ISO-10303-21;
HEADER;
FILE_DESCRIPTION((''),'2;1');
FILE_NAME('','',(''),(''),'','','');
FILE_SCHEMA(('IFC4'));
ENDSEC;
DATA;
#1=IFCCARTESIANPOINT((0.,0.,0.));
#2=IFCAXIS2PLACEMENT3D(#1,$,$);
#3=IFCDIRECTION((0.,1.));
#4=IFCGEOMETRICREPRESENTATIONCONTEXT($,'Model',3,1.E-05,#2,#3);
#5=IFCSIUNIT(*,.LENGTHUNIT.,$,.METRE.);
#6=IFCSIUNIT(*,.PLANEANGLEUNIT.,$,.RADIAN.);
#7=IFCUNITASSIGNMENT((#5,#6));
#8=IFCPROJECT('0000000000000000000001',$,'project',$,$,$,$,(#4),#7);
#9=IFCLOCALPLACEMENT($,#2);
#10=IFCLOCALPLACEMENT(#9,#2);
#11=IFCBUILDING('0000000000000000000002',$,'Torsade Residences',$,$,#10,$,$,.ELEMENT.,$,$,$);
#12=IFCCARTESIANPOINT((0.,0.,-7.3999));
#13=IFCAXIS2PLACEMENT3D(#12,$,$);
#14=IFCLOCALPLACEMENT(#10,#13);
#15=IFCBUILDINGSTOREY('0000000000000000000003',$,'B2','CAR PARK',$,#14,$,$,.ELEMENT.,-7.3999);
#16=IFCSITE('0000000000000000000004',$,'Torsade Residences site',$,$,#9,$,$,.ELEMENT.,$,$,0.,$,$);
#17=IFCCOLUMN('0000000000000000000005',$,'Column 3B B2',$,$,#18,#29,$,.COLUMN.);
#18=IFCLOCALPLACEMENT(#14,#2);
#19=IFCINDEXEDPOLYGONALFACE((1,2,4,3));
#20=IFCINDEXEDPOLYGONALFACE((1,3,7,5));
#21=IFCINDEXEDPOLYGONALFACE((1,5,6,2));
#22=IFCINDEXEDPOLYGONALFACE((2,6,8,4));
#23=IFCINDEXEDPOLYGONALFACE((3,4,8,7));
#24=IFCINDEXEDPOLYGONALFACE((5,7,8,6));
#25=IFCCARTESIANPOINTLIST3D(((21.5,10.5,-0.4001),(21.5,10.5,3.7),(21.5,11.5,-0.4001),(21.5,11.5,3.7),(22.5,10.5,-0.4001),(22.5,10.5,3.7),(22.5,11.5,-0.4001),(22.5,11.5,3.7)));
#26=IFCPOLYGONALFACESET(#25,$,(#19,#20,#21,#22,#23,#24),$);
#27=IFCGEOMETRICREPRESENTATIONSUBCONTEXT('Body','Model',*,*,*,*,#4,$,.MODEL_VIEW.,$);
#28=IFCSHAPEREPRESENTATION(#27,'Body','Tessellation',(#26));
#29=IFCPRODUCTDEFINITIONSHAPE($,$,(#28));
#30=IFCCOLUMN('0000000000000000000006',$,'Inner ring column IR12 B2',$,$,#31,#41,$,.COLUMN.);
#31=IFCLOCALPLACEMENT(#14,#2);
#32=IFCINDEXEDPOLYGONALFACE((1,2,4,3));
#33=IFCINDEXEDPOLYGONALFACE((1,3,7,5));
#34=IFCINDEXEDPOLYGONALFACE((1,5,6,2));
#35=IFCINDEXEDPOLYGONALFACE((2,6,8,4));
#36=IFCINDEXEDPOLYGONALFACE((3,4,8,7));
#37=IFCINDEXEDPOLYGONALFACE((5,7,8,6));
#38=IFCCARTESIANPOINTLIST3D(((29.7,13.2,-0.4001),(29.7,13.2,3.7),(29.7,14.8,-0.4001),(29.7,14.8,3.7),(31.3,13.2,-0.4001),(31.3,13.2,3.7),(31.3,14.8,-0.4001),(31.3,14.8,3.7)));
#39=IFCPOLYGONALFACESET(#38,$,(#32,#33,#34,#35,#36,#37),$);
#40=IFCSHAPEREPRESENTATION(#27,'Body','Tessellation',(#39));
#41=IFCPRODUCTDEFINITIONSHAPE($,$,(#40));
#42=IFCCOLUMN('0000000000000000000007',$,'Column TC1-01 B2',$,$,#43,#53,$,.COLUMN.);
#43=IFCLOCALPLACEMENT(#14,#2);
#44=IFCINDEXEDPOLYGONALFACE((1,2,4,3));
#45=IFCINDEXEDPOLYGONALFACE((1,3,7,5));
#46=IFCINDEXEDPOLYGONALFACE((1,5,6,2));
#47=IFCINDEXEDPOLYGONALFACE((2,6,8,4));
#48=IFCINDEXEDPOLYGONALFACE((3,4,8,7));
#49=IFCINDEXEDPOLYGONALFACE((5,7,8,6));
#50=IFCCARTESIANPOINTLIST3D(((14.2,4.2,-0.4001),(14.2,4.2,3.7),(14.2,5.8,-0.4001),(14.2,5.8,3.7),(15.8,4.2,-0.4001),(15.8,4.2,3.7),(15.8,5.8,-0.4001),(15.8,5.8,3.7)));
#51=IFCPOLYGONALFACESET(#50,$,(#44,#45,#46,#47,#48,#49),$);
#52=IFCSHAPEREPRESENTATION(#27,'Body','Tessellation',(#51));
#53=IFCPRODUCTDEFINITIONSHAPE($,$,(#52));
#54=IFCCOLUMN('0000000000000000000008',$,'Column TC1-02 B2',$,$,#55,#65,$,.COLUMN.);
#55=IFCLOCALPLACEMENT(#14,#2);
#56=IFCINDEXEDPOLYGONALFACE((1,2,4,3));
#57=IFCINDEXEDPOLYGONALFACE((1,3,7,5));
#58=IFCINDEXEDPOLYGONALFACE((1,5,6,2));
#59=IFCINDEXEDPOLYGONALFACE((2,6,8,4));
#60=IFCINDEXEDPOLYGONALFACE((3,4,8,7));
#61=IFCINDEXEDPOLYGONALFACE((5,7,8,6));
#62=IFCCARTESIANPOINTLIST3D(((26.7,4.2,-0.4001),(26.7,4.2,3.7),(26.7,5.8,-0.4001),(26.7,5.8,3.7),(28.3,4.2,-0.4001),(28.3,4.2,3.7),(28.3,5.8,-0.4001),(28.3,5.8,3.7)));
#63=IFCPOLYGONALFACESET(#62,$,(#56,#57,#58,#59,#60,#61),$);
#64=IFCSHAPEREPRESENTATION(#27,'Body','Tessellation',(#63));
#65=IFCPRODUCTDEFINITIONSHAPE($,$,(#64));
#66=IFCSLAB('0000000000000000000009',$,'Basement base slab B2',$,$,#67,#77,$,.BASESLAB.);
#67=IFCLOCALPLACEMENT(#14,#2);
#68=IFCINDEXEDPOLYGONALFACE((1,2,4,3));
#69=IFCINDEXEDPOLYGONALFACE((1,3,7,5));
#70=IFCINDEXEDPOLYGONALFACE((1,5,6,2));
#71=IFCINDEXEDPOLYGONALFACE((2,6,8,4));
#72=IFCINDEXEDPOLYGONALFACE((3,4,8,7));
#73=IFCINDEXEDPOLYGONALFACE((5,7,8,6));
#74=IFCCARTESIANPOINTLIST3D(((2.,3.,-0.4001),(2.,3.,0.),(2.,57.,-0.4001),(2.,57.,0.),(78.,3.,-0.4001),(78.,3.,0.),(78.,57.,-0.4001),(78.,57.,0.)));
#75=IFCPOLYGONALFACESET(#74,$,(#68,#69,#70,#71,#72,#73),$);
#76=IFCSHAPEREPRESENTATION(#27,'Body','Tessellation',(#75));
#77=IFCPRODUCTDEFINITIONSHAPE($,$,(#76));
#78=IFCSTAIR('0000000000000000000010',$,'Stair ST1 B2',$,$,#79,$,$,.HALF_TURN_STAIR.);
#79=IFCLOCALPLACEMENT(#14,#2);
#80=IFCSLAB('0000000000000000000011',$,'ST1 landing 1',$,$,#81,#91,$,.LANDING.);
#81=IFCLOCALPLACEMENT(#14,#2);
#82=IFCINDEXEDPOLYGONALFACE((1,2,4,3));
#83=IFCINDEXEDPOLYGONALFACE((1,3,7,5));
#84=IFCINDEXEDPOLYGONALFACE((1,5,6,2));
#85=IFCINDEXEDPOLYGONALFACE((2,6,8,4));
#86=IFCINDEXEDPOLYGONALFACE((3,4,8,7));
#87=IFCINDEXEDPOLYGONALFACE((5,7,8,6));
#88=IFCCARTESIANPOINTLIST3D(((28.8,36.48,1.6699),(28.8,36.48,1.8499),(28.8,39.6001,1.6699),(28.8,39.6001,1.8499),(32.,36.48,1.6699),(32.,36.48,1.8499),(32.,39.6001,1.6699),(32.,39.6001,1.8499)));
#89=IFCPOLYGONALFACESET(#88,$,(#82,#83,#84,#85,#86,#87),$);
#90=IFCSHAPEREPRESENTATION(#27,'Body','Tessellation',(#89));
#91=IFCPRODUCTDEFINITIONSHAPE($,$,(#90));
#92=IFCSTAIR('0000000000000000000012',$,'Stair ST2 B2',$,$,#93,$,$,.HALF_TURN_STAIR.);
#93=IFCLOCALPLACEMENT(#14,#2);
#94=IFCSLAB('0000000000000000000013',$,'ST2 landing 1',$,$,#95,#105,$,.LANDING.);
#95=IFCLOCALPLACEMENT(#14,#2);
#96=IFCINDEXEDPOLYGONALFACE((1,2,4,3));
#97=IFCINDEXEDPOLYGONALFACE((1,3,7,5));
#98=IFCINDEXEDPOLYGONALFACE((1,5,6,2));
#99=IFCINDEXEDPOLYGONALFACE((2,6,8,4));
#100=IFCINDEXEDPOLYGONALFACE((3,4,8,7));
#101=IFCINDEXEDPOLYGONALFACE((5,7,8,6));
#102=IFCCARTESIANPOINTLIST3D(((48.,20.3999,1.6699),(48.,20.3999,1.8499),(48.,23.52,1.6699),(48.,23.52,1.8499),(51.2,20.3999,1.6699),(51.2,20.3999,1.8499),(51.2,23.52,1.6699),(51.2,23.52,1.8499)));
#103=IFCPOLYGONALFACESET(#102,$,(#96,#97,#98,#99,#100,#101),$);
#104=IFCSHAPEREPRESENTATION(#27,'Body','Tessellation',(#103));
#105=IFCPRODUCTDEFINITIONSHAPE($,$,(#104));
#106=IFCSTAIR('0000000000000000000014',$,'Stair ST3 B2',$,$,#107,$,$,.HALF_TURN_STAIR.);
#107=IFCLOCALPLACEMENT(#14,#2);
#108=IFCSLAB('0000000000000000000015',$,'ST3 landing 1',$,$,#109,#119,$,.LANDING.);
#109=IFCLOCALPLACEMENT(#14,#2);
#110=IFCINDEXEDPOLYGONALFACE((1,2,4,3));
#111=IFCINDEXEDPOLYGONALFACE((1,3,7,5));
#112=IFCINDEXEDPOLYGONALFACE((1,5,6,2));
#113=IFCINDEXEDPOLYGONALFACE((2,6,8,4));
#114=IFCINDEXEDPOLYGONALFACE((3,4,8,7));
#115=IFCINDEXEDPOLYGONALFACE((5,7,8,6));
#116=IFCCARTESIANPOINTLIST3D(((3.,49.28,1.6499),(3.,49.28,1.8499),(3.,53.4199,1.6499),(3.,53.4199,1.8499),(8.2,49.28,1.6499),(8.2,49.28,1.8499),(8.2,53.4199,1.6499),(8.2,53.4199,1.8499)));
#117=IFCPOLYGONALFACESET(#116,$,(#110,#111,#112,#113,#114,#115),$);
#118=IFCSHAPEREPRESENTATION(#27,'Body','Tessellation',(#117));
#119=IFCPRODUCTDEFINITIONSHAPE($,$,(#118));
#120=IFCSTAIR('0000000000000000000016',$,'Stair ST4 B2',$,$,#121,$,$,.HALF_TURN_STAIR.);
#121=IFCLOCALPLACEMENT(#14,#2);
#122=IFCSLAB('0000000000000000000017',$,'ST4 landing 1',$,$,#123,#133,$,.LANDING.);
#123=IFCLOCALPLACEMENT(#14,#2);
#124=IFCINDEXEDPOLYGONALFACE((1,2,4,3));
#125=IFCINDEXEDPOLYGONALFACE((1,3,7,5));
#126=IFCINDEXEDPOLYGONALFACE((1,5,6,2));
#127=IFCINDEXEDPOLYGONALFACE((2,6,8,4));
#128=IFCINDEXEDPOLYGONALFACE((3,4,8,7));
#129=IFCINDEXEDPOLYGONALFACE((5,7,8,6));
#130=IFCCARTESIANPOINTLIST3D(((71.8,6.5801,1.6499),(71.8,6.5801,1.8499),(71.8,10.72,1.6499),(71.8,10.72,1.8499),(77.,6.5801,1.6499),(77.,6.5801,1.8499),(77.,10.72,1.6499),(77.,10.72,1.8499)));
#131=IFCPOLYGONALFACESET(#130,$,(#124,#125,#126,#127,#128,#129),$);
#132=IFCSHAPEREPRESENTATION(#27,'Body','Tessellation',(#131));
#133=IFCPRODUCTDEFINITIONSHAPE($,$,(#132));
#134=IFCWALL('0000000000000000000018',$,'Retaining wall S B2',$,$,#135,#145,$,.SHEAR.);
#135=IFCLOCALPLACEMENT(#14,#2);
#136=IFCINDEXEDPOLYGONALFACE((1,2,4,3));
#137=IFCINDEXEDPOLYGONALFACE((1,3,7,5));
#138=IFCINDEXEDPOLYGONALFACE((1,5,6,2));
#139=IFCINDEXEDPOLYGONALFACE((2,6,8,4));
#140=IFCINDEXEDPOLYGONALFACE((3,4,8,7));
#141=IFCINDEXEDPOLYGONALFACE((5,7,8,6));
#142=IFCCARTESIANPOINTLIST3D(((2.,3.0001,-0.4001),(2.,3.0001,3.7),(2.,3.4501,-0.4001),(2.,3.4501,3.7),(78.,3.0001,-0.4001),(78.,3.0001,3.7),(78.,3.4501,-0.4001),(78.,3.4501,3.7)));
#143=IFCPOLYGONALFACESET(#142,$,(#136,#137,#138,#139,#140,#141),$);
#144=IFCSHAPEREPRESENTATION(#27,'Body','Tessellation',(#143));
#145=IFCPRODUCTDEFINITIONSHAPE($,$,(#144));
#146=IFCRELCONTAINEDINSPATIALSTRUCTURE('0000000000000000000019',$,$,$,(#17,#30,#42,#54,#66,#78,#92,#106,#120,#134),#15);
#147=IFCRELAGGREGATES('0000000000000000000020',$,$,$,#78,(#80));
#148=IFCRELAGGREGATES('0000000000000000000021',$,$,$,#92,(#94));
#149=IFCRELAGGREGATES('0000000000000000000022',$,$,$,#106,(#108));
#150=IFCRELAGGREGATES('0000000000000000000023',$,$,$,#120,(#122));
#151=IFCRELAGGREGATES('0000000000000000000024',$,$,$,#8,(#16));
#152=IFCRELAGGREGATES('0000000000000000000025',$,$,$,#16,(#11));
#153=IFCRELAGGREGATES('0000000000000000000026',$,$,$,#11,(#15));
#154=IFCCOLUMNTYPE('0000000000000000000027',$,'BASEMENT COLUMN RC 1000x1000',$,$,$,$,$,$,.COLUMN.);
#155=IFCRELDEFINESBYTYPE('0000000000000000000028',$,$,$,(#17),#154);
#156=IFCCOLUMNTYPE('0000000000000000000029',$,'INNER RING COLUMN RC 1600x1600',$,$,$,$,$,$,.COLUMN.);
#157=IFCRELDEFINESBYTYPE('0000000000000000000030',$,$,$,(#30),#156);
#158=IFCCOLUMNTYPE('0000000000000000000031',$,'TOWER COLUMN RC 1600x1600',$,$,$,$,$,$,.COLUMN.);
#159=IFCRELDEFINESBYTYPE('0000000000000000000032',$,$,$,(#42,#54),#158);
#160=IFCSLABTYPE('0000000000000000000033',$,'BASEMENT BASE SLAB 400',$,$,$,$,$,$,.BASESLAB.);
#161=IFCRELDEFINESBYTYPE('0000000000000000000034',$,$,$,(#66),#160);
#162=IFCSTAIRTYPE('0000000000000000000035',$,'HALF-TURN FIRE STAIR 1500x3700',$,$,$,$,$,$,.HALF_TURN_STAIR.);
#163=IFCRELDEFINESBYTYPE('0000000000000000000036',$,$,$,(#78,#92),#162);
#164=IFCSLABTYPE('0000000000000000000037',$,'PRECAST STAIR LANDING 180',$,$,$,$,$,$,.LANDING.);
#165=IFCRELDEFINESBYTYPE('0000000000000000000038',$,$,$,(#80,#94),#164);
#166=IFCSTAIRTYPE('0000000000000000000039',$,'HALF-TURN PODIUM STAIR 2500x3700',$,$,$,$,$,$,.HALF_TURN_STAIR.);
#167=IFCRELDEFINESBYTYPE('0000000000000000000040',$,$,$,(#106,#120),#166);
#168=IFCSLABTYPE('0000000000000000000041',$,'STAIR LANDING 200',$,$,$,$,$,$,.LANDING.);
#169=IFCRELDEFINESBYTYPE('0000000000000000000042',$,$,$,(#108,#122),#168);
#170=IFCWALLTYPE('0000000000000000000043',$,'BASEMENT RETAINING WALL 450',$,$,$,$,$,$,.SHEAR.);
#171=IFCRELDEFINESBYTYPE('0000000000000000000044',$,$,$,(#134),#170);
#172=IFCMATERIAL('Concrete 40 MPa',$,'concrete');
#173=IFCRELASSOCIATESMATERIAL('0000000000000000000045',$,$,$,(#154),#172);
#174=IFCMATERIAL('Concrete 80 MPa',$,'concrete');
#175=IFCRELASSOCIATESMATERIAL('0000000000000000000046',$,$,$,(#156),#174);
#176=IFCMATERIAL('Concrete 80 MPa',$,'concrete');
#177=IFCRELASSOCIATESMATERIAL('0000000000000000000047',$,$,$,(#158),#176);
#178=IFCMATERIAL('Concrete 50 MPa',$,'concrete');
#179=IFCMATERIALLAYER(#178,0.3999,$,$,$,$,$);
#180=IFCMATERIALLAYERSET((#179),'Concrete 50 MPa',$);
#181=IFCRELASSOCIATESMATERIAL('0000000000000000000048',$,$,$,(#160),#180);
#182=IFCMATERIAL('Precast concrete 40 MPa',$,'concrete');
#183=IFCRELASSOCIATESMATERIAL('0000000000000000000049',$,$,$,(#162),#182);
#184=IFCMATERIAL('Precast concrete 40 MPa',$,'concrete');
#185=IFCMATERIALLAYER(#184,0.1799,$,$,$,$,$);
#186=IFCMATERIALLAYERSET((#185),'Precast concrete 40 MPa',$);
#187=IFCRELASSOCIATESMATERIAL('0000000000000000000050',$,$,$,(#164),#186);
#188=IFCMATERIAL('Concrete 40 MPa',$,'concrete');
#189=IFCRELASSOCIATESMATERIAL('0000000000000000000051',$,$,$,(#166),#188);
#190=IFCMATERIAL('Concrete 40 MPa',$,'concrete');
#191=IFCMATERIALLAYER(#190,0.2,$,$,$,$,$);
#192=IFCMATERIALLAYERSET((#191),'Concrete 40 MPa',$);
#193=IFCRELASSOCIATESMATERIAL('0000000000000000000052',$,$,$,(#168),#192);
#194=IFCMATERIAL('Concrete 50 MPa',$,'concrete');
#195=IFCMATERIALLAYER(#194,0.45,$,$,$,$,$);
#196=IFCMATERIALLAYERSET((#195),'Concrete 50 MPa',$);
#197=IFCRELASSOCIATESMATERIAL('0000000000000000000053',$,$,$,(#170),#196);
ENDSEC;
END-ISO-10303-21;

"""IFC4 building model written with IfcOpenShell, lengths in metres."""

from ifc_helpers import new_model, si_unit, direction, frame, frame_2d, origin, origin_2d, place, context, subcontext, project, spatial, polyline, rectangle, outline, extrude, material, layer, layer_set, material_profile, profile_set, type_object, element, aggregate, save


model = new_model("IFC4")

# Units and contexts
model_context = context("Model", 3, precision=1e-05, world=origin(), true_north=direction((0.0, 1.0)))
body_context = subcontext(model_context, "Body", "Model", "MODEL_VIEW")
ifc_project = project(units=[si_unit("LENGTHUNIT", "METRE"), si_unit("PLANEANGLEUNIT", "RADIAN")], contexts=[model_context])

# Site, building, storey
site_placement = place(None, origin())
site = spatial("IfcSite", under=ifc_project, at=site_placement, Name="Torsade Residences site", CompositionType="ELEMENT", RefElevation=0.0)
building_placement = place(site_placement, origin())
building = spatial("IfcBuilding", under=site, at=building_placement, Name="Torsade Residences", CompositionType="ELEMENT")
storey_placement = place(building_placement, frame((0.0, 0.0, -7.3999)))
storey = spatial("IfcBuildingStorey", under=building, at=storey_placement, Name="B2", Description="CAR PARK", CompositionType="ELEMENT", Elevation=-7.3999)

# Columns
ifc_material_1 = material(Name="Concrete 40 MPa", Category="concrete")
ifc_material_profile_1 = material_profile(ifc_material_1, rectangle(XDim=1.0, YDim=1.0, at=origin_2d()), Name="RC 1000x1000")
ifc_profile_set_1 = profile_set([ifc_material_profile_1], Name="Concrete 40 MPa")
column_type_1 = type_object("IfcColumnType", Name="BASEMENT COLUMN RC 1000x1000", PredefinedType="COLUMN", material=ifc_profile_set_1)
for number, where, z_axis, x_axis, name in (
    (1, (22.0, 11.0, -0.4001), (0.0, 0.0, 1.0), (1.0, 0.0, 0.0), "Column 3B B2"),
):
    element("IfcColumn", number, at=place(storey_placement, frame(where, z_axis=z_axis, x_axis=x_axis)), inside=storey, type_object=column_type_1, Name=name, PredefinedType="COLUMN", context=body_context, shape_type="SweptSolid", body=[
        extrude(rectangle(XDim=1.0, YDim=1.0, at=origin_2d()), origin(), (0.0, 0.0, 1.0), 4.1001),
    ])
ifc_material_2 = material(Name="Concrete 80 MPa", Category="concrete")
ifc_material_profile_2 = material_profile(ifc_material_2, rectangle(XDim=1.6001, YDim=1.6001, at=origin_2d()), Name="RC 1600x1600")
ifc_profile_set_2 = profile_set([ifc_material_profile_2], Name="Concrete 80 MPa")
column_type_2 = type_object("IfcColumnType", Name="INNER RING COLUMN RC 1600x1600", PredefinedType="COLUMN", material=ifc_profile_set_2)
column_placement = place(storey_placement, frame((30.5, 14.0, -0.4001), z_axis=(0.0, 0.0, 1.0), x_axis=(1.0, 0.0, 0.0)))
element("IfcColumn", 2, at=column_placement, inside=storey, type_object=column_type_2, Name="Inner ring column IR12 B2", PredefinedType="COLUMN", context=body_context, shape_type="SweptSolid", body=[
    extrude(rectangle(XDim=1.6001, YDim=1.6001, at=origin_2d()), origin(), (0.0, 0.0, 1.0), 4.1001),
])
ifc_material_3 = material(Name="Concrete 80 MPa", Category="concrete")
ifc_material_profile_3 = material_profile(ifc_material_3, rectangle(XDim=1.6001, YDim=1.6001, at=origin_2d()), Name="RC 1600x1600")
ifc_profile_set_3 = profile_set([ifc_material_profile_3], Name="Concrete 80 MPa")
column_type_3 = type_object("IfcColumnType", Name="TOWER COLUMN RC 1600x1600", PredefinedType="COLUMN", material=ifc_profile_set_3)
for number, where, z_axis, x_axis, name in (
    (3, (15.0, 5.0, -0.4001), (0.0, 0.0, 1.0), (1.0, 0.0, 0.0), "Column TC1-01 B2"),
    (4, (27.5, 5.0, -0.4001), (0.0, 0.0, 1.0), (1.0, 0.0, 0.0), "Column TC1-02 B2"),
):
    element("IfcColumn", number, at=place(storey_placement, frame(where, z_axis=z_axis, x_axis=x_axis)), inside=storey, type_object=column_type_3, Name=name, PredefinedType="COLUMN", context=body_context, shape_type="SweptSolid", body=[
        extrude(rectangle(XDim=1.6001, YDim=1.6001, at=origin_2d()), origin(), (0.0, 0.0, 1.0), 4.1001),
    ])

# Slab
ifc_material_4 = material(Name="Concrete 50 MPa", Category="concrete")
ifc_layer_1 = layer(ifc_material_4, 0.3999)
ifc_layer_set_1 = layer_set([ifc_layer_1], Name="Concrete 50 MPa")
slab_type_1 = type_object("IfcSlabType", Name="BASEMENT BASE SLAB 400", PredefinedType="BASESLAB", material=ifc_layer_set_1)
slab_1_placement = place(storey_placement, frame((0.0, 0.0, -0.4001)))
element("IfcSlab", 5, at=slab_1_placement, inside=storey, type_object=slab_type_1, Name="Basement base slab B2", PredefinedType="BASESLAB", context=body_context, shape_type="SweptSolid", body=[
    extrude(outline(polyline([(78.0, 3.0), (78.0, 57.0), (2.0, 57.0), (2.0, 3.0), (78.0, 3.0)])), origin(), (0.0, 0.0, 1.0), 0.4001),
])

# Stairs, slabs
ifc_material_5 = material(Name="Precast concrete 40 MPa", Category="concrete")
stair_type_1 = type_object("IfcStairType", Name="HALF-TURN FIRE STAIR 1500x3700", PredefinedType="HALF_TURN_STAIR", material=ifc_material_5)
stair_1_placement = place(storey_placement, origin())
stair_1 = element("IfcStair", 6, at=stair_1_placement, inside=storey, type_object=stair_type_1, Name="Stair ST1 B2", PredefinedType="HALF_TURN_STAIR")
ifc_material_6 = material(Name="Precast concrete 40 MPa", Category="concrete")
ifc_layer_2 = layer(ifc_material_6, 0.1799)
ifc_layer_set_2 = layer_set([ifc_layer_2], Name="Precast concrete 40 MPa")
slab_type_2 = type_object("IfcSlabType", Name="PRECAST STAIR LANDING 180", PredefinedType="LANDING", material=ifc_layer_set_2)
slab_2_placement = place(storey_placement, frame((0.0, 0.0, 1.6699)))
slab_2 = element("IfcSlab", 7, at=slab_2_placement, type_object=slab_type_2, Name="ST1 landing 1", PredefinedType="LANDING", context=body_context, shape_type="SweptSolid", body=[
    extrude(outline(polyline([(28.8, 36.48), (32.0, 36.48), (32.0, 39.6001), (28.8, 39.6001), (28.8, 36.48)])), origin(), (0.0, 0.0, 1.0), 0.1799),
])
aggregate(stair_1, [slab_2])
stair_2_placement = place(storey_placement, origin())
stair_2 = element("IfcStair", 8, at=stair_2_placement, inside=storey, type_object=stair_type_1, Name="Stair ST2 B2", PredefinedType="HALF_TURN_STAIR")
slab_3_placement = place(storey_placement, frame((0.0, 0.0, 1.6699)))
slab_3 = element("IfcSlab", 9, at=slab_3_placement, type_object=slab_type_2, Name="ST2 landing 1", PredefinedType="LANDING", context=body_context, shape_type="SweptSolid", body=[
    extrude(outline(polyline([(48.0, 20.3999), (51.2, 20.3999), (51.2, 23.52), (48.0, 23.52), (48.0, 20.3999)])), origin(), (0.0, 0.0, 1.0), 0.1799),
])
aggregate(stair_2, [slab_3])
ifc_material_7 = material(Name="Concrete 40 MPa", Category="concrete")
stair_type_2 = type_object("IfcStairType", Name="HALF-TURN PODIUM STAIR 2500x3700", PredefinedType="HALF_TURN_STAIR", material=ifc_material_7)
stair_3_placement = place(storey_placement, origin())
stair_3 = element("IfcStair", 10, at=stair_3_placement, inside=storey, type_object=stair_type_2, Name="Stair ST3 B2", PredefinedType="HALF_TURN_STAIR")
ifc_material_8 = material(Name="Concrete 40 MPa", Category="concrete")
ifc_layer_3 = layer(ifc_material_8, 0.2)
ifc_layer_set_3 = layer_set([ifc_layer_3], Name="Concrete 40 MPa")
slab_type_3 = type_object("IfcSlabType", Name="STAIR LANDING 200", PredefinedType="LANDING", material=ifc_layer_set_3)
slab_4_placement = place(storey_placement, frame((0.0, 0.0, 1.6499)))
slab_4 = element("IfcSlab", 11, at=slab_4_placement, type_object=slab_type_3, Name="ST3 landing 1", PredefinedType="LANDING", context=body_context, shape_type="SweptSolid", body=[
    extrude(outline(polyline([(3.0, 49.28), (8.2, 49.28), (8.2, 53.4199), (3.0, 53.4199), (3.0, 49.28)])), origin(), (0.0, 0.0, 1.0), 0.2),
])
aggregate(stair_3, [slab_4])
stair_4_placement = place(storey_placement, origin())
stair_4 = element("IfcStair", 12, at=stair_4_placement, inside=storey, type_object=stair_type_2, Name="Stair ST4 B2", PredefinedType="HALF_TURN_STAIR")
slab_5_placement = place(storey_placement, frame((0.0, 0.0, 1.6499)))
slab_5 = element("IfcSlab", 13, at=slab_5_placement, type_object=slab_type_3, Name="ST4 landing 1", PredefinedType="LANDING", context=body_context, shape_type="SweptSolid", body=[
    extrude(outline(polyline([(71.8, 6.5801), (77.0, 6.5801), (77.0, 10.72), (71.8, 10.72), (71.8, 6.5801)])), origin(), (0.0, 0.0, 1.0), 0.2),
])
aggregate(stair_4, [slab_5])

# Wall
ifc_material_9 = material(Name="Concrete 50 MPa", Category="concrete")
ifc_layer_4 = layer(ifc_material_9, 0.45)
ifc_layer_set_4 = layer_set([ifc_layer_4], Name="Concrete 50 MPa")
wall_type = type_object("IfcWallType", Name="BASEMENT RETAINING WALL 450", PredefinedType="SHEAR", material=ifc_layer_set_4)
wall_placement = place(storey_placement, frame((2.0, 3.2251, -0.4001), z_axis=(0.0, 0.0, 1.0), x_axis=(1.0, 0.0, 0.0)))
element("IfcWall", 14, at=wall_placement, inside=storey, type_object=wall_type, Name="Retaining wall S B2", PredefinedType="SHEAR", context=body_context, shape_type="SweptSolid", body=[
    extrude(rectangle(XDim=76.0, YDim=0.45, at=frame_2d((38.0, 0.0))), origin(), (0.0, 0.0, 1.0), 4.1001),
])

save(model, "model.ifc")
